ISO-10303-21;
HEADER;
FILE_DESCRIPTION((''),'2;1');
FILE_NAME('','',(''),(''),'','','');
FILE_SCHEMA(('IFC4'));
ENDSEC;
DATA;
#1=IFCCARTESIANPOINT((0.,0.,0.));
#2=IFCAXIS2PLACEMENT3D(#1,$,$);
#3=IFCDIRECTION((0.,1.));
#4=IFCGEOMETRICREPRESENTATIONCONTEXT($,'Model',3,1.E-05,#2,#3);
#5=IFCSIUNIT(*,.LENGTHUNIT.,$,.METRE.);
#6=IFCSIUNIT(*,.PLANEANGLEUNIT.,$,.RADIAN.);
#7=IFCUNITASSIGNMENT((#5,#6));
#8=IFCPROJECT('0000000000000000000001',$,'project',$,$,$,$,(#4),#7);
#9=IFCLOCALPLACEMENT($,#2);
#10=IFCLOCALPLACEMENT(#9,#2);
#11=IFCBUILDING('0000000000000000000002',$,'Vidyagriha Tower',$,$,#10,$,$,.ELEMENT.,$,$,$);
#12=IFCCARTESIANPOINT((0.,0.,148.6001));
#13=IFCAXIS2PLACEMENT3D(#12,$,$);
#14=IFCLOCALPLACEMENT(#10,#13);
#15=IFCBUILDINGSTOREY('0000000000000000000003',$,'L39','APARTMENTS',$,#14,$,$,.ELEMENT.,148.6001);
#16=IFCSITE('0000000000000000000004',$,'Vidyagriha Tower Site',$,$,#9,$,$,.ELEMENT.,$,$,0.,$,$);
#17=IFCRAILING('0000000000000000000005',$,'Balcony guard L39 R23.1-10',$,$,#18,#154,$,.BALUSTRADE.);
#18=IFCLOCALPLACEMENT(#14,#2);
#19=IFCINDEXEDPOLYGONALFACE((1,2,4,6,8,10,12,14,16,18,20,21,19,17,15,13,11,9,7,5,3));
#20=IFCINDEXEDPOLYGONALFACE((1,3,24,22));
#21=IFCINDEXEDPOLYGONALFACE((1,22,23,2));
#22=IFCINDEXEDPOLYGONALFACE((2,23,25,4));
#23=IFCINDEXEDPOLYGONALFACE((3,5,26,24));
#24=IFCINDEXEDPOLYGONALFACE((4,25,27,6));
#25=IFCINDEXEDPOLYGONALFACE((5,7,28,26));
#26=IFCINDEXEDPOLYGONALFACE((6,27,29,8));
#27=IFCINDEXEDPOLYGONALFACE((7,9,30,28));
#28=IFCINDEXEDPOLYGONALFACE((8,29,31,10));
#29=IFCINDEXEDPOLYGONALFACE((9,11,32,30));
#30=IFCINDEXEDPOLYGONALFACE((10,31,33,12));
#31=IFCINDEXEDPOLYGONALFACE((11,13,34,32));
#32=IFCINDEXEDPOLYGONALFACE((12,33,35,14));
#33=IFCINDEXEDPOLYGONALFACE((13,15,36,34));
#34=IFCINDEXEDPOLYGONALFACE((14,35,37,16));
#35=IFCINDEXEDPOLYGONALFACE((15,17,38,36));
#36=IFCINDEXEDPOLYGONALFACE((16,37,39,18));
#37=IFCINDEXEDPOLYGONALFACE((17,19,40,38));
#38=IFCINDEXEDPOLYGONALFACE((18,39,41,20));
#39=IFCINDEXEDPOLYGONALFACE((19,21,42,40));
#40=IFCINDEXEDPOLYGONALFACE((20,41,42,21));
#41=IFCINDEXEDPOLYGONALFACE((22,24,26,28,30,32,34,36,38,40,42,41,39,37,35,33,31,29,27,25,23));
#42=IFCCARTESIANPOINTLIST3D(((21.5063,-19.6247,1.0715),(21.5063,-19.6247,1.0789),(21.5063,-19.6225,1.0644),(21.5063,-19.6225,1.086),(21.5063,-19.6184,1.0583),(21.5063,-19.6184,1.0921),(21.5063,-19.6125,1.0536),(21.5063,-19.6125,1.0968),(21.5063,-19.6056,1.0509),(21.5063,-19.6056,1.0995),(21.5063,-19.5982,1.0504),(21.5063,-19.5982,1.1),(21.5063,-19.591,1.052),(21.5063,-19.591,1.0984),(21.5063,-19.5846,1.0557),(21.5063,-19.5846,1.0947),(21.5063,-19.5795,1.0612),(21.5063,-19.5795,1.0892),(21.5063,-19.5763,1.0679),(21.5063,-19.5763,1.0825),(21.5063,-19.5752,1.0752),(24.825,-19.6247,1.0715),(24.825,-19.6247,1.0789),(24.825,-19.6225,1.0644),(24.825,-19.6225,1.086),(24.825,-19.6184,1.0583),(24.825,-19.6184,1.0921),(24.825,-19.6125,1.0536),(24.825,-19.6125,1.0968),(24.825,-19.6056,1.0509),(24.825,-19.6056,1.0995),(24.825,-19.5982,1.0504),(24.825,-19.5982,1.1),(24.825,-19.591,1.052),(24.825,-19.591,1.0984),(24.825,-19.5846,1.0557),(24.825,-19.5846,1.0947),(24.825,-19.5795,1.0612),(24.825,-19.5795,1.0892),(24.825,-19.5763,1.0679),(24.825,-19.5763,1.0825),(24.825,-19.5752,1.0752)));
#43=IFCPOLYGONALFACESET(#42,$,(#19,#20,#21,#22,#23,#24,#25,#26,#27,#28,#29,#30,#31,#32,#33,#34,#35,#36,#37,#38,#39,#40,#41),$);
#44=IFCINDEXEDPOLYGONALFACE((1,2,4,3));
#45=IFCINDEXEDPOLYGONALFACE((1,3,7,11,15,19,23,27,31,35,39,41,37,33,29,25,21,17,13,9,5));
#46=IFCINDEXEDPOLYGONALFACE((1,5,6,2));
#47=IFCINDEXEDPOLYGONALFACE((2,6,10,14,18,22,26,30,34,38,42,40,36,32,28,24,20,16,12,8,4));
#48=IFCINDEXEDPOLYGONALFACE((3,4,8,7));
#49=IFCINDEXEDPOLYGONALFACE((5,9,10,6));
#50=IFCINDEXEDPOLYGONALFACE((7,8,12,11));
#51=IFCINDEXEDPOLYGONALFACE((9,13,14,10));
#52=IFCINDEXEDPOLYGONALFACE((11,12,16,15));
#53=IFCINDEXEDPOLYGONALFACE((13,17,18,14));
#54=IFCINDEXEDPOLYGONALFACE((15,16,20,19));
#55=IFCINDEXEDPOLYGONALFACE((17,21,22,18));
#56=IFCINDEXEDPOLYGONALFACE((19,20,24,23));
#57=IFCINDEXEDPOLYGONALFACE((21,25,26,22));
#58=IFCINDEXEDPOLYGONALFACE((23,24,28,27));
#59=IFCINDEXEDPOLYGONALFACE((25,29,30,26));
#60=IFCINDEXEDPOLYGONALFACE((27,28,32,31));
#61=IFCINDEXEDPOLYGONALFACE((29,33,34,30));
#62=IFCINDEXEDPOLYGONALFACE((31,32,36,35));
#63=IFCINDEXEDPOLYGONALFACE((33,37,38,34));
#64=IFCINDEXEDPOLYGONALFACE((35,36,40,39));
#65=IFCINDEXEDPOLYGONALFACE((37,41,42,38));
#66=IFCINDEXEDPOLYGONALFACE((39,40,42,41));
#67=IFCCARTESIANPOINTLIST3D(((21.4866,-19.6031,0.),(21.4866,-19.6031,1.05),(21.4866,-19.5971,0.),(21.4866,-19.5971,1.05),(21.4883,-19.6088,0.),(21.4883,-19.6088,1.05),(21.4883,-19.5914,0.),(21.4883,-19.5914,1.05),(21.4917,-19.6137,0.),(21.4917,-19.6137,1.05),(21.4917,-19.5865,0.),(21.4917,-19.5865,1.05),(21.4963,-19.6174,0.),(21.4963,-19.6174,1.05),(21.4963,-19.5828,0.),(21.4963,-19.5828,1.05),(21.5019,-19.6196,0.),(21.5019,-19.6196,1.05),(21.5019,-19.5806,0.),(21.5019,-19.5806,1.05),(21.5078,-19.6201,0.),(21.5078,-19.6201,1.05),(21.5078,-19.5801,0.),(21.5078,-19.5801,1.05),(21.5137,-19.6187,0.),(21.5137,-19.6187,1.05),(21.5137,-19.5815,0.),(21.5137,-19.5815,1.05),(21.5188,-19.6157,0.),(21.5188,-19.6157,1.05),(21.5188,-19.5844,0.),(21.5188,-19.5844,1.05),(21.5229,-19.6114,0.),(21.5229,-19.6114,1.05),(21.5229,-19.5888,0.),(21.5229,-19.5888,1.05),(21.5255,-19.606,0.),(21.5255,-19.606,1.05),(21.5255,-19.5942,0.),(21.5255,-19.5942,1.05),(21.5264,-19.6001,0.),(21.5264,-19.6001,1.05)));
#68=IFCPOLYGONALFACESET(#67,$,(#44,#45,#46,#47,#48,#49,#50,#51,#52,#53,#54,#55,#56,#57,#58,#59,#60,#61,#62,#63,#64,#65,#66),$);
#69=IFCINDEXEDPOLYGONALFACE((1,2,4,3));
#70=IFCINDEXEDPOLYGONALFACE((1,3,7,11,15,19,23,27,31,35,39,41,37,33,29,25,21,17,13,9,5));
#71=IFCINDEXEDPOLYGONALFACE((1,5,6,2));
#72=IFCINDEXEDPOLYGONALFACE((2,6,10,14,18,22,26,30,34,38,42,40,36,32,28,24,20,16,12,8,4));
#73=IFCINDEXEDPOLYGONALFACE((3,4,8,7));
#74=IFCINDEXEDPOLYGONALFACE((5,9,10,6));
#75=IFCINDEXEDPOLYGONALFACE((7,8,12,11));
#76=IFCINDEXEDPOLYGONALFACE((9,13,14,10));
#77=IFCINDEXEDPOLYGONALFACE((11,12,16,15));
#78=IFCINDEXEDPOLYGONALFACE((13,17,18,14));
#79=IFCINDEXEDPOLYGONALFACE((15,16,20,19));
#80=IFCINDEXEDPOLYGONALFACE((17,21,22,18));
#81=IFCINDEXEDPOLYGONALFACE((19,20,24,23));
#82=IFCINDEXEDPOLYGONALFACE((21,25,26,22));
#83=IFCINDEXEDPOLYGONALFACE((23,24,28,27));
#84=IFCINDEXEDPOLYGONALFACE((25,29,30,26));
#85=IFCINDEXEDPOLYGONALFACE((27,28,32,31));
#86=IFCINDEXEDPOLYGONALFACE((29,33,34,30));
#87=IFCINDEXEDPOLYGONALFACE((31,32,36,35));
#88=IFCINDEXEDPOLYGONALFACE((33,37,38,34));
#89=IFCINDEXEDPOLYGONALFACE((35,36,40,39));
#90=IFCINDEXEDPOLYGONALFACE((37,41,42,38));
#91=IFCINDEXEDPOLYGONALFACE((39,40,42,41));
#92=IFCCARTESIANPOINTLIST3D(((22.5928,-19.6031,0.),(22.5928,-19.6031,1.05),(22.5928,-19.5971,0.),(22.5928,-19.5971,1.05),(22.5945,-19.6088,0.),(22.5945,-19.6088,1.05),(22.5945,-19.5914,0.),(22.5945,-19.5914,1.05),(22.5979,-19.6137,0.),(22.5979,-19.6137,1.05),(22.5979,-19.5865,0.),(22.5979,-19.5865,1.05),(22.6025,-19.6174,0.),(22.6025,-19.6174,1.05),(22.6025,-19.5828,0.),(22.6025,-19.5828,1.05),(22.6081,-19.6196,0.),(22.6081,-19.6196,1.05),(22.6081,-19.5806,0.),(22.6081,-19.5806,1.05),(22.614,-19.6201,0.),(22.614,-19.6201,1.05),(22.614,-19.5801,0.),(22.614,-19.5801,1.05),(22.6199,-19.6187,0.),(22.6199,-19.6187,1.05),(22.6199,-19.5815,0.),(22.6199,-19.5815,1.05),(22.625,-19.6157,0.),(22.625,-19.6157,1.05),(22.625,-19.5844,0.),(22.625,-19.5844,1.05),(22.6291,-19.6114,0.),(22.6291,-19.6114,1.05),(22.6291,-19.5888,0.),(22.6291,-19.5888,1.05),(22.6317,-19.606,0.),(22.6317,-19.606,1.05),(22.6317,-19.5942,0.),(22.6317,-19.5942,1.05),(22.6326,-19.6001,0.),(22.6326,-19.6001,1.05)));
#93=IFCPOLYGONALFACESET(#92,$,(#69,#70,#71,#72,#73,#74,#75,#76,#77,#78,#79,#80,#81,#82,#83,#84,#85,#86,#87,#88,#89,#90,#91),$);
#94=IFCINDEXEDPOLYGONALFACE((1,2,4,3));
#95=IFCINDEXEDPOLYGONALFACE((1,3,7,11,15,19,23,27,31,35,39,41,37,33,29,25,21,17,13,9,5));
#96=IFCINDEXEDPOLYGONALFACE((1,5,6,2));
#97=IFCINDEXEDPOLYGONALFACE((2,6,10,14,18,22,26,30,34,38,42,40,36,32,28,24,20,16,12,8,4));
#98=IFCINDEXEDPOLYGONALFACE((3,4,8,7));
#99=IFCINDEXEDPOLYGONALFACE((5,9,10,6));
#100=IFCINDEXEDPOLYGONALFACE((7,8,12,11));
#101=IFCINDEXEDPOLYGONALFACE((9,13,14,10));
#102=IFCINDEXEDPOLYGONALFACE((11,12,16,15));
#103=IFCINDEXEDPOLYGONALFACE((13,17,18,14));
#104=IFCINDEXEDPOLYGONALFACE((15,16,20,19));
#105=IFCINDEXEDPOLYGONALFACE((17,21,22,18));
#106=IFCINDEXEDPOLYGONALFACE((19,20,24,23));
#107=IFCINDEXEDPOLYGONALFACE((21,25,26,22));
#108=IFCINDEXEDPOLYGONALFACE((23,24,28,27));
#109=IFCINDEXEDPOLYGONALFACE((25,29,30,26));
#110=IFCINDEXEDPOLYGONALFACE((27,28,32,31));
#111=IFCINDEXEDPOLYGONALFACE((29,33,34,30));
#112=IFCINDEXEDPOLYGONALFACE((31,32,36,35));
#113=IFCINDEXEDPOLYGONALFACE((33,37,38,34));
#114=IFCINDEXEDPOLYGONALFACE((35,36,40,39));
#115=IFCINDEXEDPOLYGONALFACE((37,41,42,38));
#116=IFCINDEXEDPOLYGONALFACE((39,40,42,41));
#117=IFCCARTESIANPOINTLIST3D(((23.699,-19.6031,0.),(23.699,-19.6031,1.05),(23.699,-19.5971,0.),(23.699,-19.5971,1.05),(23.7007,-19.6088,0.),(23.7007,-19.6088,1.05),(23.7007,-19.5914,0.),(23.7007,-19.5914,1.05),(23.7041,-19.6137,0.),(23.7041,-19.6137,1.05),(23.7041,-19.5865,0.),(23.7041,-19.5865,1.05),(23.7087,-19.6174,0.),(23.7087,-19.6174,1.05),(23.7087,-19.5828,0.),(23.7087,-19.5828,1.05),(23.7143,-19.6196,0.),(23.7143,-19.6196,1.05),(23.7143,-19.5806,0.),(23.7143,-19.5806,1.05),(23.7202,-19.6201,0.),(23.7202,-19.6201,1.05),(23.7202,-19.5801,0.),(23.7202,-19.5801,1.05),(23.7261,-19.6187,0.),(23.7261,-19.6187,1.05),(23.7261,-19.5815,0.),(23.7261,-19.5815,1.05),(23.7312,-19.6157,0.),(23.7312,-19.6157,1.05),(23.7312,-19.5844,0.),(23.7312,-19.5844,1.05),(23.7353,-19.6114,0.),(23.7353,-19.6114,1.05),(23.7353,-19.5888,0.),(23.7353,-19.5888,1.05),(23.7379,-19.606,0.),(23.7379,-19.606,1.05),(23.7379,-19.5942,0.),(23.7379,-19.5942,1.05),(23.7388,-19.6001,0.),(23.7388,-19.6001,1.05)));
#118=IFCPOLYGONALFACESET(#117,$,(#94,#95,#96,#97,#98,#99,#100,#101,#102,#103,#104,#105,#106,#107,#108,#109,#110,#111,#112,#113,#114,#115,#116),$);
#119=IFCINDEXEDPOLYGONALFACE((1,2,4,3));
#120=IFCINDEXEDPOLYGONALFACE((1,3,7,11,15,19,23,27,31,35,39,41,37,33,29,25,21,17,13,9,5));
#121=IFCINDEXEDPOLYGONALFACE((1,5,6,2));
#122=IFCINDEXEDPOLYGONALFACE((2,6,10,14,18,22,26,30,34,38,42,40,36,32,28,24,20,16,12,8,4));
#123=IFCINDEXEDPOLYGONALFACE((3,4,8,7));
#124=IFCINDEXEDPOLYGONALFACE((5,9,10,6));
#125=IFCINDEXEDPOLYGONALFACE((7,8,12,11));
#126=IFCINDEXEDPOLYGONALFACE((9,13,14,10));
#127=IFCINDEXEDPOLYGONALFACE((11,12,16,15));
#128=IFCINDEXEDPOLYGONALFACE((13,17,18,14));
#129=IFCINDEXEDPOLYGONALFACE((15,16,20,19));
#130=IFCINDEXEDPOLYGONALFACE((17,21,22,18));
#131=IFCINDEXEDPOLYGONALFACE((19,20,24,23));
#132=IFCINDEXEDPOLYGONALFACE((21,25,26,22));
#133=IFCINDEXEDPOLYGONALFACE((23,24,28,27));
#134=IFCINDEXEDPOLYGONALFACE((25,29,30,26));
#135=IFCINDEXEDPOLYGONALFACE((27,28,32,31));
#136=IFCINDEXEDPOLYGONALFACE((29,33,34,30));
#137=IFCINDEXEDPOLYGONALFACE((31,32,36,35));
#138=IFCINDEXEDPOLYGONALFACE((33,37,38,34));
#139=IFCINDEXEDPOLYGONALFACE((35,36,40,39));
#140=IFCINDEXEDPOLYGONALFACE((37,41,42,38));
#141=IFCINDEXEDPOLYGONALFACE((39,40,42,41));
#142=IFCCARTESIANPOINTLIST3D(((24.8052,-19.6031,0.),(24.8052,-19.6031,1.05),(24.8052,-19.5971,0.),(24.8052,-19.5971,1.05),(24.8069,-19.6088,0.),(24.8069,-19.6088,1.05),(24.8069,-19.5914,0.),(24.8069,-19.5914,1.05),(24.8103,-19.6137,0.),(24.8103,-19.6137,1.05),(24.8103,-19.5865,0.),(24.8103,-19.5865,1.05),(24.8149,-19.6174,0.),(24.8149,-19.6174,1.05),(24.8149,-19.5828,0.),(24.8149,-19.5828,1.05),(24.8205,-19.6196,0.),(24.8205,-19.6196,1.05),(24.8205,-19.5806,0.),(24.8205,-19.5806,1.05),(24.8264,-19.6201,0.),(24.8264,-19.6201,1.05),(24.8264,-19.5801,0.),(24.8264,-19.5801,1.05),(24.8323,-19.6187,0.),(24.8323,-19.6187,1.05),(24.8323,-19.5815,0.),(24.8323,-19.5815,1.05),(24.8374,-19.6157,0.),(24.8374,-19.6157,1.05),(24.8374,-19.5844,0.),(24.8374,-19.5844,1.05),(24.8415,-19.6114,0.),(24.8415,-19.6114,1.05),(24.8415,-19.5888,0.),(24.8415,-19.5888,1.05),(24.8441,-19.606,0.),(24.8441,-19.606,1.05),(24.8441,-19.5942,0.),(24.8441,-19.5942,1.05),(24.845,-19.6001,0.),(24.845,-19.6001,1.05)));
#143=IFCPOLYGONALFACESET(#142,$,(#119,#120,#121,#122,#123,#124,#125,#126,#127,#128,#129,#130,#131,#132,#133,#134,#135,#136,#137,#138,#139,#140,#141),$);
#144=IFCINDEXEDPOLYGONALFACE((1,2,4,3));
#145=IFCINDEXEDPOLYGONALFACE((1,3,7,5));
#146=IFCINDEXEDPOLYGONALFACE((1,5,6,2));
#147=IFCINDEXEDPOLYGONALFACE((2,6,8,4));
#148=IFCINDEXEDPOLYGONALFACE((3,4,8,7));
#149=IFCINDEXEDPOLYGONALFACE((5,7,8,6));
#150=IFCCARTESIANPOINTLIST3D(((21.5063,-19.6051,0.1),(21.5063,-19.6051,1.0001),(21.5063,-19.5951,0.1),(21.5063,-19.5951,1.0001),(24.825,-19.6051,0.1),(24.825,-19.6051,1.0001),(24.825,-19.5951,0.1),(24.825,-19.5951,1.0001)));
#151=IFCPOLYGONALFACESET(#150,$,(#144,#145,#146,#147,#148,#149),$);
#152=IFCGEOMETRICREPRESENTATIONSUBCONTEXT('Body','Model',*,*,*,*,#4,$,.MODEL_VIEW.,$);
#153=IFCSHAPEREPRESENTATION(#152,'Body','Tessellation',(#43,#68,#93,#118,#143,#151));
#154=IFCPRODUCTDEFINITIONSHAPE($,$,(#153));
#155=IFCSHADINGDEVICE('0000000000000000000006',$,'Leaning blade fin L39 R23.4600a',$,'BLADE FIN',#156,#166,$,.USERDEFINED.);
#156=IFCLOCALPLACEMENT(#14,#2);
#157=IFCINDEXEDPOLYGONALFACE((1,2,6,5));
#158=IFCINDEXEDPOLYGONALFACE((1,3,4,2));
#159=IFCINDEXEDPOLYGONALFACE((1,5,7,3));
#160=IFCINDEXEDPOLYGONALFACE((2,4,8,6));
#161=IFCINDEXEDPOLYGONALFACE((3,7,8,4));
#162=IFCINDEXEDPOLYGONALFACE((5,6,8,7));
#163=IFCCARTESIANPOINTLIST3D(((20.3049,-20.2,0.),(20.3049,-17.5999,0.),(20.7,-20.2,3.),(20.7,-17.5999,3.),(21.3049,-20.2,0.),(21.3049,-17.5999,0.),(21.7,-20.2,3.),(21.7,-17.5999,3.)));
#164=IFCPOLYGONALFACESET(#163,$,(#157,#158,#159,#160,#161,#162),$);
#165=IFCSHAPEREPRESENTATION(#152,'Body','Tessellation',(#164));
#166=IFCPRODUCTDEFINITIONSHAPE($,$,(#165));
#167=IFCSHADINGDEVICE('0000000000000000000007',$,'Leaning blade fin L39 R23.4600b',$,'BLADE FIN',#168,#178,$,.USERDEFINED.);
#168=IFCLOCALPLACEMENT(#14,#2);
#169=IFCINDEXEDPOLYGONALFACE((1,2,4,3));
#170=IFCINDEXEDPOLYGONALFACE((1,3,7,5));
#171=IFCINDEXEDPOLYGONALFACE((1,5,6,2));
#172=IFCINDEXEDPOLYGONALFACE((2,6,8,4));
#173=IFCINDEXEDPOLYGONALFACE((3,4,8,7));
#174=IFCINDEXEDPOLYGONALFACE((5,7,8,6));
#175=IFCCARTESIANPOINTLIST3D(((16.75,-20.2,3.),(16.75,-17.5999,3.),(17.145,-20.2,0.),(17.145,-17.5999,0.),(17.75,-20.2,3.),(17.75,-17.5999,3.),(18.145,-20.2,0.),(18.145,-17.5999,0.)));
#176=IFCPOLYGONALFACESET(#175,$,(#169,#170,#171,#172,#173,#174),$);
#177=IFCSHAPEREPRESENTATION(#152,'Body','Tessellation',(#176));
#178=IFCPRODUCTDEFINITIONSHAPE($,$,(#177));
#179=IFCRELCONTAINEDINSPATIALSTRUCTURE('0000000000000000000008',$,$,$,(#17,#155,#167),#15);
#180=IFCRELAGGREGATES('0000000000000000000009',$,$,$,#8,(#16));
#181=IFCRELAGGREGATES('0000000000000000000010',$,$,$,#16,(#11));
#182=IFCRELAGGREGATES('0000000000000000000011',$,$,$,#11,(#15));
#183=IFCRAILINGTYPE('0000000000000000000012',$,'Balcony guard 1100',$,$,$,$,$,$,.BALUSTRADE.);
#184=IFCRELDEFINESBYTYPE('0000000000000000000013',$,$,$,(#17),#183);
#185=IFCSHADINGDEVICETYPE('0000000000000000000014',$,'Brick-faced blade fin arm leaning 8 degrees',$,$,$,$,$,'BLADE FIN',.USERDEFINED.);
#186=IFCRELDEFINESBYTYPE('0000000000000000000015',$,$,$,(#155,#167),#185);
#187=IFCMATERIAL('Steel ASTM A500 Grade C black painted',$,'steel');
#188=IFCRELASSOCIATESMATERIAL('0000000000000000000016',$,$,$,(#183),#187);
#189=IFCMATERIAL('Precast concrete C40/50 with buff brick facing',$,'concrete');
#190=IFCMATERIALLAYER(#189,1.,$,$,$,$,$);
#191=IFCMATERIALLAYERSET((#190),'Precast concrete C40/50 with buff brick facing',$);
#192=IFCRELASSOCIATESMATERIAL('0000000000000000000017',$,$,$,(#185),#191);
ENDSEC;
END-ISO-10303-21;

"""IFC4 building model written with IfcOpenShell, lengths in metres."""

from ifc_helpers import new_model, si_unit, direction, frame, origin, origin_2d, place, context, subcontext, project, spatial, polyline, rectangle, circle, outline, extrude, material, layer, layer_set, type_object, element, save


model = new_model("IFC4")

# Units and contexts
model_context = context("Model", 3, precision=1e-05, world=origin(), true_north=direction((0.0, 1.0)))
body_context = subcontext(model_context, "Body", "Model", "MODEL_VIEW")
ifc_project = project(units=[si_unit("LENGTHUNIT", "METRE"), si_unit("PLANEANGLEUNIT", "RADIAN")], contexts=[model_context])

# Site, building, storey
site_placement = place(None, origin())
site = spatial("IfcSite", under=ifc_project, at=site_placement, Name="Vidyagriha Tower Site", CompositionType="ELEMENT", RefElevation=0.0)
building_placement = place(site_placement, origin())
building = spatial("IfcBuilding", under=site, at=building_placement, Name="Vidyagriha Tower", CompositionType="ELEMENT")
storey_placement = place(building_placement, frame((0.0, 0.0, 148.6001)))
storey = spatial("IfcBuildingStorey", under=building, at=storey_placement, Name="L39", Description="APARTMENTS", CompositionType="ELEMENT", Elevation=148.6001)

# Railing
ifc_material_1 = material(Name="Steel ASTM A500 Grade C black painted", Category="steel")
railing_type = type_object("IfcRailingType", Name="Balcony guard 1100", PredefinedType="BALUSTRADE", material=ifc_material_1)
railing_1_placement = place(storey_placement, frame((21.5063, -19.6001, 0.0)))
element("IfcRailing", 1, at=railing_1_placement, inside=storey, type_object=railing_type, Name="Balcony guard L39 R23.1-10", PredefinedType="BALUSTRADE", context=body_context, shape_type="SweptSolid", body=[
    extrude(circle(Radius=0.0249, at=origin_2d()), frame((0.0, 0.0, 1.0752), z_axis=(1.0, 0.0, 0.0), x_axis=(0.0, 1.0, 0.0)), (0.0, 0.0, 1.0), 3.3186),
    extrude(circle(Radius=0.02, at=origin_2d()), origin(), (0.0, 0.0, 1.0), 1.05),
    extrude(circle(Radius=0.02, at=origin_2d()), frame((1.1062, 0.0, 0.0)), (0.0, 0.0, 1.0), 1.05),
    extrude(circle(Radius=0.02, at=origin_2d()), frame((2.2124, 0.0, 0.0)), (0.0, 0.0, 1.0), 1.05),
    extrude(circle(Radius=0.02, at=origin_2d()), frame((3.3186, 0.0, 0.0)), (0.0, 0.0, 1.0), 1.05),
    extrude(rectangle(XDim=0.01, YDim=0.9001, at=origin_2d()), frame((0.0, 0.0, 0.55), z_axis=(1.0, 0.0, 0.0), x_axis=(0.0, 1.0, 0.0)), (0.0, 0.0, 1.0), 3.3186),
])

# Shading devices
ifc_material_2 = material(Name="Precast concrete C40/50 with buff brick facing", Category="concrete")
ifc_layer_1 = layer(ifc_material_2, 1.0)
ifc_layer_set_1 = layer_set([ifc_layer_1], Name="Precast concrete C40/50 with buff brick facing")
shading_device_type = type_object("IfcShadingDeviceType", Name="Brick-faced blade fin arm leaning 8 degrees", ElementType="BLADE FIN", PredefinedType="USERDEFINED", material=ifc_layer_set_1)
shading_device_1_placement = place(storey_placement, frame((20.3049, -18.8999, 0.0)))
element("IfcShadingDevice", 2, at=shading_device_1_placement, inside=storey, type_object=shading_device_type, Name="Leaning blade fin L39 R23.4600a", ObjectType="BLADE FIN", PredefinedType="USERDEFINED", context=body_context, shape_type="SweptSolid", body=[
    extrude(outline(polyline([(0.0, 0.0), (1.0, 0.0), (1.395, 3.0), (0.395, 3.0), (0.0, 0.0)])), frame((0.0, 1.3, 0.0), z_axis=(0.0, -1.0, 0.0), x_axis=(1.0, 0.0, 0.0)), (0.0, 0.0, 1.0), 2.6001),
])
shading_device_2_placement = place(storey_placement, frame((16.75, -18.8999, 0.0)))
element("IfcShadingDevice", 3, at=shading_device_2_placement, inside=storey, type_object=shading_device_type, Name="Leaning blade fin L39 R23.4600b", ObjectType="BLADE FIN", PredefinedType="USERDEFINED", context=body_context, shape_type="SweptSolid", body=[
    extrude(outline(polyline([(0.395, 0.0), (1.395, 0.0), (1.0, 3.0), (0.0, 3.0), (0.395, 0.0)])), frame((0.0, 1.3, 0.0), z_axis=(0.0, -1.0, 0.0), x_axis=(1.0, 0.0, 0.0)), (0.0, 0.0, 1.0), 2.6001),
])

save(model, "model.ifc")
